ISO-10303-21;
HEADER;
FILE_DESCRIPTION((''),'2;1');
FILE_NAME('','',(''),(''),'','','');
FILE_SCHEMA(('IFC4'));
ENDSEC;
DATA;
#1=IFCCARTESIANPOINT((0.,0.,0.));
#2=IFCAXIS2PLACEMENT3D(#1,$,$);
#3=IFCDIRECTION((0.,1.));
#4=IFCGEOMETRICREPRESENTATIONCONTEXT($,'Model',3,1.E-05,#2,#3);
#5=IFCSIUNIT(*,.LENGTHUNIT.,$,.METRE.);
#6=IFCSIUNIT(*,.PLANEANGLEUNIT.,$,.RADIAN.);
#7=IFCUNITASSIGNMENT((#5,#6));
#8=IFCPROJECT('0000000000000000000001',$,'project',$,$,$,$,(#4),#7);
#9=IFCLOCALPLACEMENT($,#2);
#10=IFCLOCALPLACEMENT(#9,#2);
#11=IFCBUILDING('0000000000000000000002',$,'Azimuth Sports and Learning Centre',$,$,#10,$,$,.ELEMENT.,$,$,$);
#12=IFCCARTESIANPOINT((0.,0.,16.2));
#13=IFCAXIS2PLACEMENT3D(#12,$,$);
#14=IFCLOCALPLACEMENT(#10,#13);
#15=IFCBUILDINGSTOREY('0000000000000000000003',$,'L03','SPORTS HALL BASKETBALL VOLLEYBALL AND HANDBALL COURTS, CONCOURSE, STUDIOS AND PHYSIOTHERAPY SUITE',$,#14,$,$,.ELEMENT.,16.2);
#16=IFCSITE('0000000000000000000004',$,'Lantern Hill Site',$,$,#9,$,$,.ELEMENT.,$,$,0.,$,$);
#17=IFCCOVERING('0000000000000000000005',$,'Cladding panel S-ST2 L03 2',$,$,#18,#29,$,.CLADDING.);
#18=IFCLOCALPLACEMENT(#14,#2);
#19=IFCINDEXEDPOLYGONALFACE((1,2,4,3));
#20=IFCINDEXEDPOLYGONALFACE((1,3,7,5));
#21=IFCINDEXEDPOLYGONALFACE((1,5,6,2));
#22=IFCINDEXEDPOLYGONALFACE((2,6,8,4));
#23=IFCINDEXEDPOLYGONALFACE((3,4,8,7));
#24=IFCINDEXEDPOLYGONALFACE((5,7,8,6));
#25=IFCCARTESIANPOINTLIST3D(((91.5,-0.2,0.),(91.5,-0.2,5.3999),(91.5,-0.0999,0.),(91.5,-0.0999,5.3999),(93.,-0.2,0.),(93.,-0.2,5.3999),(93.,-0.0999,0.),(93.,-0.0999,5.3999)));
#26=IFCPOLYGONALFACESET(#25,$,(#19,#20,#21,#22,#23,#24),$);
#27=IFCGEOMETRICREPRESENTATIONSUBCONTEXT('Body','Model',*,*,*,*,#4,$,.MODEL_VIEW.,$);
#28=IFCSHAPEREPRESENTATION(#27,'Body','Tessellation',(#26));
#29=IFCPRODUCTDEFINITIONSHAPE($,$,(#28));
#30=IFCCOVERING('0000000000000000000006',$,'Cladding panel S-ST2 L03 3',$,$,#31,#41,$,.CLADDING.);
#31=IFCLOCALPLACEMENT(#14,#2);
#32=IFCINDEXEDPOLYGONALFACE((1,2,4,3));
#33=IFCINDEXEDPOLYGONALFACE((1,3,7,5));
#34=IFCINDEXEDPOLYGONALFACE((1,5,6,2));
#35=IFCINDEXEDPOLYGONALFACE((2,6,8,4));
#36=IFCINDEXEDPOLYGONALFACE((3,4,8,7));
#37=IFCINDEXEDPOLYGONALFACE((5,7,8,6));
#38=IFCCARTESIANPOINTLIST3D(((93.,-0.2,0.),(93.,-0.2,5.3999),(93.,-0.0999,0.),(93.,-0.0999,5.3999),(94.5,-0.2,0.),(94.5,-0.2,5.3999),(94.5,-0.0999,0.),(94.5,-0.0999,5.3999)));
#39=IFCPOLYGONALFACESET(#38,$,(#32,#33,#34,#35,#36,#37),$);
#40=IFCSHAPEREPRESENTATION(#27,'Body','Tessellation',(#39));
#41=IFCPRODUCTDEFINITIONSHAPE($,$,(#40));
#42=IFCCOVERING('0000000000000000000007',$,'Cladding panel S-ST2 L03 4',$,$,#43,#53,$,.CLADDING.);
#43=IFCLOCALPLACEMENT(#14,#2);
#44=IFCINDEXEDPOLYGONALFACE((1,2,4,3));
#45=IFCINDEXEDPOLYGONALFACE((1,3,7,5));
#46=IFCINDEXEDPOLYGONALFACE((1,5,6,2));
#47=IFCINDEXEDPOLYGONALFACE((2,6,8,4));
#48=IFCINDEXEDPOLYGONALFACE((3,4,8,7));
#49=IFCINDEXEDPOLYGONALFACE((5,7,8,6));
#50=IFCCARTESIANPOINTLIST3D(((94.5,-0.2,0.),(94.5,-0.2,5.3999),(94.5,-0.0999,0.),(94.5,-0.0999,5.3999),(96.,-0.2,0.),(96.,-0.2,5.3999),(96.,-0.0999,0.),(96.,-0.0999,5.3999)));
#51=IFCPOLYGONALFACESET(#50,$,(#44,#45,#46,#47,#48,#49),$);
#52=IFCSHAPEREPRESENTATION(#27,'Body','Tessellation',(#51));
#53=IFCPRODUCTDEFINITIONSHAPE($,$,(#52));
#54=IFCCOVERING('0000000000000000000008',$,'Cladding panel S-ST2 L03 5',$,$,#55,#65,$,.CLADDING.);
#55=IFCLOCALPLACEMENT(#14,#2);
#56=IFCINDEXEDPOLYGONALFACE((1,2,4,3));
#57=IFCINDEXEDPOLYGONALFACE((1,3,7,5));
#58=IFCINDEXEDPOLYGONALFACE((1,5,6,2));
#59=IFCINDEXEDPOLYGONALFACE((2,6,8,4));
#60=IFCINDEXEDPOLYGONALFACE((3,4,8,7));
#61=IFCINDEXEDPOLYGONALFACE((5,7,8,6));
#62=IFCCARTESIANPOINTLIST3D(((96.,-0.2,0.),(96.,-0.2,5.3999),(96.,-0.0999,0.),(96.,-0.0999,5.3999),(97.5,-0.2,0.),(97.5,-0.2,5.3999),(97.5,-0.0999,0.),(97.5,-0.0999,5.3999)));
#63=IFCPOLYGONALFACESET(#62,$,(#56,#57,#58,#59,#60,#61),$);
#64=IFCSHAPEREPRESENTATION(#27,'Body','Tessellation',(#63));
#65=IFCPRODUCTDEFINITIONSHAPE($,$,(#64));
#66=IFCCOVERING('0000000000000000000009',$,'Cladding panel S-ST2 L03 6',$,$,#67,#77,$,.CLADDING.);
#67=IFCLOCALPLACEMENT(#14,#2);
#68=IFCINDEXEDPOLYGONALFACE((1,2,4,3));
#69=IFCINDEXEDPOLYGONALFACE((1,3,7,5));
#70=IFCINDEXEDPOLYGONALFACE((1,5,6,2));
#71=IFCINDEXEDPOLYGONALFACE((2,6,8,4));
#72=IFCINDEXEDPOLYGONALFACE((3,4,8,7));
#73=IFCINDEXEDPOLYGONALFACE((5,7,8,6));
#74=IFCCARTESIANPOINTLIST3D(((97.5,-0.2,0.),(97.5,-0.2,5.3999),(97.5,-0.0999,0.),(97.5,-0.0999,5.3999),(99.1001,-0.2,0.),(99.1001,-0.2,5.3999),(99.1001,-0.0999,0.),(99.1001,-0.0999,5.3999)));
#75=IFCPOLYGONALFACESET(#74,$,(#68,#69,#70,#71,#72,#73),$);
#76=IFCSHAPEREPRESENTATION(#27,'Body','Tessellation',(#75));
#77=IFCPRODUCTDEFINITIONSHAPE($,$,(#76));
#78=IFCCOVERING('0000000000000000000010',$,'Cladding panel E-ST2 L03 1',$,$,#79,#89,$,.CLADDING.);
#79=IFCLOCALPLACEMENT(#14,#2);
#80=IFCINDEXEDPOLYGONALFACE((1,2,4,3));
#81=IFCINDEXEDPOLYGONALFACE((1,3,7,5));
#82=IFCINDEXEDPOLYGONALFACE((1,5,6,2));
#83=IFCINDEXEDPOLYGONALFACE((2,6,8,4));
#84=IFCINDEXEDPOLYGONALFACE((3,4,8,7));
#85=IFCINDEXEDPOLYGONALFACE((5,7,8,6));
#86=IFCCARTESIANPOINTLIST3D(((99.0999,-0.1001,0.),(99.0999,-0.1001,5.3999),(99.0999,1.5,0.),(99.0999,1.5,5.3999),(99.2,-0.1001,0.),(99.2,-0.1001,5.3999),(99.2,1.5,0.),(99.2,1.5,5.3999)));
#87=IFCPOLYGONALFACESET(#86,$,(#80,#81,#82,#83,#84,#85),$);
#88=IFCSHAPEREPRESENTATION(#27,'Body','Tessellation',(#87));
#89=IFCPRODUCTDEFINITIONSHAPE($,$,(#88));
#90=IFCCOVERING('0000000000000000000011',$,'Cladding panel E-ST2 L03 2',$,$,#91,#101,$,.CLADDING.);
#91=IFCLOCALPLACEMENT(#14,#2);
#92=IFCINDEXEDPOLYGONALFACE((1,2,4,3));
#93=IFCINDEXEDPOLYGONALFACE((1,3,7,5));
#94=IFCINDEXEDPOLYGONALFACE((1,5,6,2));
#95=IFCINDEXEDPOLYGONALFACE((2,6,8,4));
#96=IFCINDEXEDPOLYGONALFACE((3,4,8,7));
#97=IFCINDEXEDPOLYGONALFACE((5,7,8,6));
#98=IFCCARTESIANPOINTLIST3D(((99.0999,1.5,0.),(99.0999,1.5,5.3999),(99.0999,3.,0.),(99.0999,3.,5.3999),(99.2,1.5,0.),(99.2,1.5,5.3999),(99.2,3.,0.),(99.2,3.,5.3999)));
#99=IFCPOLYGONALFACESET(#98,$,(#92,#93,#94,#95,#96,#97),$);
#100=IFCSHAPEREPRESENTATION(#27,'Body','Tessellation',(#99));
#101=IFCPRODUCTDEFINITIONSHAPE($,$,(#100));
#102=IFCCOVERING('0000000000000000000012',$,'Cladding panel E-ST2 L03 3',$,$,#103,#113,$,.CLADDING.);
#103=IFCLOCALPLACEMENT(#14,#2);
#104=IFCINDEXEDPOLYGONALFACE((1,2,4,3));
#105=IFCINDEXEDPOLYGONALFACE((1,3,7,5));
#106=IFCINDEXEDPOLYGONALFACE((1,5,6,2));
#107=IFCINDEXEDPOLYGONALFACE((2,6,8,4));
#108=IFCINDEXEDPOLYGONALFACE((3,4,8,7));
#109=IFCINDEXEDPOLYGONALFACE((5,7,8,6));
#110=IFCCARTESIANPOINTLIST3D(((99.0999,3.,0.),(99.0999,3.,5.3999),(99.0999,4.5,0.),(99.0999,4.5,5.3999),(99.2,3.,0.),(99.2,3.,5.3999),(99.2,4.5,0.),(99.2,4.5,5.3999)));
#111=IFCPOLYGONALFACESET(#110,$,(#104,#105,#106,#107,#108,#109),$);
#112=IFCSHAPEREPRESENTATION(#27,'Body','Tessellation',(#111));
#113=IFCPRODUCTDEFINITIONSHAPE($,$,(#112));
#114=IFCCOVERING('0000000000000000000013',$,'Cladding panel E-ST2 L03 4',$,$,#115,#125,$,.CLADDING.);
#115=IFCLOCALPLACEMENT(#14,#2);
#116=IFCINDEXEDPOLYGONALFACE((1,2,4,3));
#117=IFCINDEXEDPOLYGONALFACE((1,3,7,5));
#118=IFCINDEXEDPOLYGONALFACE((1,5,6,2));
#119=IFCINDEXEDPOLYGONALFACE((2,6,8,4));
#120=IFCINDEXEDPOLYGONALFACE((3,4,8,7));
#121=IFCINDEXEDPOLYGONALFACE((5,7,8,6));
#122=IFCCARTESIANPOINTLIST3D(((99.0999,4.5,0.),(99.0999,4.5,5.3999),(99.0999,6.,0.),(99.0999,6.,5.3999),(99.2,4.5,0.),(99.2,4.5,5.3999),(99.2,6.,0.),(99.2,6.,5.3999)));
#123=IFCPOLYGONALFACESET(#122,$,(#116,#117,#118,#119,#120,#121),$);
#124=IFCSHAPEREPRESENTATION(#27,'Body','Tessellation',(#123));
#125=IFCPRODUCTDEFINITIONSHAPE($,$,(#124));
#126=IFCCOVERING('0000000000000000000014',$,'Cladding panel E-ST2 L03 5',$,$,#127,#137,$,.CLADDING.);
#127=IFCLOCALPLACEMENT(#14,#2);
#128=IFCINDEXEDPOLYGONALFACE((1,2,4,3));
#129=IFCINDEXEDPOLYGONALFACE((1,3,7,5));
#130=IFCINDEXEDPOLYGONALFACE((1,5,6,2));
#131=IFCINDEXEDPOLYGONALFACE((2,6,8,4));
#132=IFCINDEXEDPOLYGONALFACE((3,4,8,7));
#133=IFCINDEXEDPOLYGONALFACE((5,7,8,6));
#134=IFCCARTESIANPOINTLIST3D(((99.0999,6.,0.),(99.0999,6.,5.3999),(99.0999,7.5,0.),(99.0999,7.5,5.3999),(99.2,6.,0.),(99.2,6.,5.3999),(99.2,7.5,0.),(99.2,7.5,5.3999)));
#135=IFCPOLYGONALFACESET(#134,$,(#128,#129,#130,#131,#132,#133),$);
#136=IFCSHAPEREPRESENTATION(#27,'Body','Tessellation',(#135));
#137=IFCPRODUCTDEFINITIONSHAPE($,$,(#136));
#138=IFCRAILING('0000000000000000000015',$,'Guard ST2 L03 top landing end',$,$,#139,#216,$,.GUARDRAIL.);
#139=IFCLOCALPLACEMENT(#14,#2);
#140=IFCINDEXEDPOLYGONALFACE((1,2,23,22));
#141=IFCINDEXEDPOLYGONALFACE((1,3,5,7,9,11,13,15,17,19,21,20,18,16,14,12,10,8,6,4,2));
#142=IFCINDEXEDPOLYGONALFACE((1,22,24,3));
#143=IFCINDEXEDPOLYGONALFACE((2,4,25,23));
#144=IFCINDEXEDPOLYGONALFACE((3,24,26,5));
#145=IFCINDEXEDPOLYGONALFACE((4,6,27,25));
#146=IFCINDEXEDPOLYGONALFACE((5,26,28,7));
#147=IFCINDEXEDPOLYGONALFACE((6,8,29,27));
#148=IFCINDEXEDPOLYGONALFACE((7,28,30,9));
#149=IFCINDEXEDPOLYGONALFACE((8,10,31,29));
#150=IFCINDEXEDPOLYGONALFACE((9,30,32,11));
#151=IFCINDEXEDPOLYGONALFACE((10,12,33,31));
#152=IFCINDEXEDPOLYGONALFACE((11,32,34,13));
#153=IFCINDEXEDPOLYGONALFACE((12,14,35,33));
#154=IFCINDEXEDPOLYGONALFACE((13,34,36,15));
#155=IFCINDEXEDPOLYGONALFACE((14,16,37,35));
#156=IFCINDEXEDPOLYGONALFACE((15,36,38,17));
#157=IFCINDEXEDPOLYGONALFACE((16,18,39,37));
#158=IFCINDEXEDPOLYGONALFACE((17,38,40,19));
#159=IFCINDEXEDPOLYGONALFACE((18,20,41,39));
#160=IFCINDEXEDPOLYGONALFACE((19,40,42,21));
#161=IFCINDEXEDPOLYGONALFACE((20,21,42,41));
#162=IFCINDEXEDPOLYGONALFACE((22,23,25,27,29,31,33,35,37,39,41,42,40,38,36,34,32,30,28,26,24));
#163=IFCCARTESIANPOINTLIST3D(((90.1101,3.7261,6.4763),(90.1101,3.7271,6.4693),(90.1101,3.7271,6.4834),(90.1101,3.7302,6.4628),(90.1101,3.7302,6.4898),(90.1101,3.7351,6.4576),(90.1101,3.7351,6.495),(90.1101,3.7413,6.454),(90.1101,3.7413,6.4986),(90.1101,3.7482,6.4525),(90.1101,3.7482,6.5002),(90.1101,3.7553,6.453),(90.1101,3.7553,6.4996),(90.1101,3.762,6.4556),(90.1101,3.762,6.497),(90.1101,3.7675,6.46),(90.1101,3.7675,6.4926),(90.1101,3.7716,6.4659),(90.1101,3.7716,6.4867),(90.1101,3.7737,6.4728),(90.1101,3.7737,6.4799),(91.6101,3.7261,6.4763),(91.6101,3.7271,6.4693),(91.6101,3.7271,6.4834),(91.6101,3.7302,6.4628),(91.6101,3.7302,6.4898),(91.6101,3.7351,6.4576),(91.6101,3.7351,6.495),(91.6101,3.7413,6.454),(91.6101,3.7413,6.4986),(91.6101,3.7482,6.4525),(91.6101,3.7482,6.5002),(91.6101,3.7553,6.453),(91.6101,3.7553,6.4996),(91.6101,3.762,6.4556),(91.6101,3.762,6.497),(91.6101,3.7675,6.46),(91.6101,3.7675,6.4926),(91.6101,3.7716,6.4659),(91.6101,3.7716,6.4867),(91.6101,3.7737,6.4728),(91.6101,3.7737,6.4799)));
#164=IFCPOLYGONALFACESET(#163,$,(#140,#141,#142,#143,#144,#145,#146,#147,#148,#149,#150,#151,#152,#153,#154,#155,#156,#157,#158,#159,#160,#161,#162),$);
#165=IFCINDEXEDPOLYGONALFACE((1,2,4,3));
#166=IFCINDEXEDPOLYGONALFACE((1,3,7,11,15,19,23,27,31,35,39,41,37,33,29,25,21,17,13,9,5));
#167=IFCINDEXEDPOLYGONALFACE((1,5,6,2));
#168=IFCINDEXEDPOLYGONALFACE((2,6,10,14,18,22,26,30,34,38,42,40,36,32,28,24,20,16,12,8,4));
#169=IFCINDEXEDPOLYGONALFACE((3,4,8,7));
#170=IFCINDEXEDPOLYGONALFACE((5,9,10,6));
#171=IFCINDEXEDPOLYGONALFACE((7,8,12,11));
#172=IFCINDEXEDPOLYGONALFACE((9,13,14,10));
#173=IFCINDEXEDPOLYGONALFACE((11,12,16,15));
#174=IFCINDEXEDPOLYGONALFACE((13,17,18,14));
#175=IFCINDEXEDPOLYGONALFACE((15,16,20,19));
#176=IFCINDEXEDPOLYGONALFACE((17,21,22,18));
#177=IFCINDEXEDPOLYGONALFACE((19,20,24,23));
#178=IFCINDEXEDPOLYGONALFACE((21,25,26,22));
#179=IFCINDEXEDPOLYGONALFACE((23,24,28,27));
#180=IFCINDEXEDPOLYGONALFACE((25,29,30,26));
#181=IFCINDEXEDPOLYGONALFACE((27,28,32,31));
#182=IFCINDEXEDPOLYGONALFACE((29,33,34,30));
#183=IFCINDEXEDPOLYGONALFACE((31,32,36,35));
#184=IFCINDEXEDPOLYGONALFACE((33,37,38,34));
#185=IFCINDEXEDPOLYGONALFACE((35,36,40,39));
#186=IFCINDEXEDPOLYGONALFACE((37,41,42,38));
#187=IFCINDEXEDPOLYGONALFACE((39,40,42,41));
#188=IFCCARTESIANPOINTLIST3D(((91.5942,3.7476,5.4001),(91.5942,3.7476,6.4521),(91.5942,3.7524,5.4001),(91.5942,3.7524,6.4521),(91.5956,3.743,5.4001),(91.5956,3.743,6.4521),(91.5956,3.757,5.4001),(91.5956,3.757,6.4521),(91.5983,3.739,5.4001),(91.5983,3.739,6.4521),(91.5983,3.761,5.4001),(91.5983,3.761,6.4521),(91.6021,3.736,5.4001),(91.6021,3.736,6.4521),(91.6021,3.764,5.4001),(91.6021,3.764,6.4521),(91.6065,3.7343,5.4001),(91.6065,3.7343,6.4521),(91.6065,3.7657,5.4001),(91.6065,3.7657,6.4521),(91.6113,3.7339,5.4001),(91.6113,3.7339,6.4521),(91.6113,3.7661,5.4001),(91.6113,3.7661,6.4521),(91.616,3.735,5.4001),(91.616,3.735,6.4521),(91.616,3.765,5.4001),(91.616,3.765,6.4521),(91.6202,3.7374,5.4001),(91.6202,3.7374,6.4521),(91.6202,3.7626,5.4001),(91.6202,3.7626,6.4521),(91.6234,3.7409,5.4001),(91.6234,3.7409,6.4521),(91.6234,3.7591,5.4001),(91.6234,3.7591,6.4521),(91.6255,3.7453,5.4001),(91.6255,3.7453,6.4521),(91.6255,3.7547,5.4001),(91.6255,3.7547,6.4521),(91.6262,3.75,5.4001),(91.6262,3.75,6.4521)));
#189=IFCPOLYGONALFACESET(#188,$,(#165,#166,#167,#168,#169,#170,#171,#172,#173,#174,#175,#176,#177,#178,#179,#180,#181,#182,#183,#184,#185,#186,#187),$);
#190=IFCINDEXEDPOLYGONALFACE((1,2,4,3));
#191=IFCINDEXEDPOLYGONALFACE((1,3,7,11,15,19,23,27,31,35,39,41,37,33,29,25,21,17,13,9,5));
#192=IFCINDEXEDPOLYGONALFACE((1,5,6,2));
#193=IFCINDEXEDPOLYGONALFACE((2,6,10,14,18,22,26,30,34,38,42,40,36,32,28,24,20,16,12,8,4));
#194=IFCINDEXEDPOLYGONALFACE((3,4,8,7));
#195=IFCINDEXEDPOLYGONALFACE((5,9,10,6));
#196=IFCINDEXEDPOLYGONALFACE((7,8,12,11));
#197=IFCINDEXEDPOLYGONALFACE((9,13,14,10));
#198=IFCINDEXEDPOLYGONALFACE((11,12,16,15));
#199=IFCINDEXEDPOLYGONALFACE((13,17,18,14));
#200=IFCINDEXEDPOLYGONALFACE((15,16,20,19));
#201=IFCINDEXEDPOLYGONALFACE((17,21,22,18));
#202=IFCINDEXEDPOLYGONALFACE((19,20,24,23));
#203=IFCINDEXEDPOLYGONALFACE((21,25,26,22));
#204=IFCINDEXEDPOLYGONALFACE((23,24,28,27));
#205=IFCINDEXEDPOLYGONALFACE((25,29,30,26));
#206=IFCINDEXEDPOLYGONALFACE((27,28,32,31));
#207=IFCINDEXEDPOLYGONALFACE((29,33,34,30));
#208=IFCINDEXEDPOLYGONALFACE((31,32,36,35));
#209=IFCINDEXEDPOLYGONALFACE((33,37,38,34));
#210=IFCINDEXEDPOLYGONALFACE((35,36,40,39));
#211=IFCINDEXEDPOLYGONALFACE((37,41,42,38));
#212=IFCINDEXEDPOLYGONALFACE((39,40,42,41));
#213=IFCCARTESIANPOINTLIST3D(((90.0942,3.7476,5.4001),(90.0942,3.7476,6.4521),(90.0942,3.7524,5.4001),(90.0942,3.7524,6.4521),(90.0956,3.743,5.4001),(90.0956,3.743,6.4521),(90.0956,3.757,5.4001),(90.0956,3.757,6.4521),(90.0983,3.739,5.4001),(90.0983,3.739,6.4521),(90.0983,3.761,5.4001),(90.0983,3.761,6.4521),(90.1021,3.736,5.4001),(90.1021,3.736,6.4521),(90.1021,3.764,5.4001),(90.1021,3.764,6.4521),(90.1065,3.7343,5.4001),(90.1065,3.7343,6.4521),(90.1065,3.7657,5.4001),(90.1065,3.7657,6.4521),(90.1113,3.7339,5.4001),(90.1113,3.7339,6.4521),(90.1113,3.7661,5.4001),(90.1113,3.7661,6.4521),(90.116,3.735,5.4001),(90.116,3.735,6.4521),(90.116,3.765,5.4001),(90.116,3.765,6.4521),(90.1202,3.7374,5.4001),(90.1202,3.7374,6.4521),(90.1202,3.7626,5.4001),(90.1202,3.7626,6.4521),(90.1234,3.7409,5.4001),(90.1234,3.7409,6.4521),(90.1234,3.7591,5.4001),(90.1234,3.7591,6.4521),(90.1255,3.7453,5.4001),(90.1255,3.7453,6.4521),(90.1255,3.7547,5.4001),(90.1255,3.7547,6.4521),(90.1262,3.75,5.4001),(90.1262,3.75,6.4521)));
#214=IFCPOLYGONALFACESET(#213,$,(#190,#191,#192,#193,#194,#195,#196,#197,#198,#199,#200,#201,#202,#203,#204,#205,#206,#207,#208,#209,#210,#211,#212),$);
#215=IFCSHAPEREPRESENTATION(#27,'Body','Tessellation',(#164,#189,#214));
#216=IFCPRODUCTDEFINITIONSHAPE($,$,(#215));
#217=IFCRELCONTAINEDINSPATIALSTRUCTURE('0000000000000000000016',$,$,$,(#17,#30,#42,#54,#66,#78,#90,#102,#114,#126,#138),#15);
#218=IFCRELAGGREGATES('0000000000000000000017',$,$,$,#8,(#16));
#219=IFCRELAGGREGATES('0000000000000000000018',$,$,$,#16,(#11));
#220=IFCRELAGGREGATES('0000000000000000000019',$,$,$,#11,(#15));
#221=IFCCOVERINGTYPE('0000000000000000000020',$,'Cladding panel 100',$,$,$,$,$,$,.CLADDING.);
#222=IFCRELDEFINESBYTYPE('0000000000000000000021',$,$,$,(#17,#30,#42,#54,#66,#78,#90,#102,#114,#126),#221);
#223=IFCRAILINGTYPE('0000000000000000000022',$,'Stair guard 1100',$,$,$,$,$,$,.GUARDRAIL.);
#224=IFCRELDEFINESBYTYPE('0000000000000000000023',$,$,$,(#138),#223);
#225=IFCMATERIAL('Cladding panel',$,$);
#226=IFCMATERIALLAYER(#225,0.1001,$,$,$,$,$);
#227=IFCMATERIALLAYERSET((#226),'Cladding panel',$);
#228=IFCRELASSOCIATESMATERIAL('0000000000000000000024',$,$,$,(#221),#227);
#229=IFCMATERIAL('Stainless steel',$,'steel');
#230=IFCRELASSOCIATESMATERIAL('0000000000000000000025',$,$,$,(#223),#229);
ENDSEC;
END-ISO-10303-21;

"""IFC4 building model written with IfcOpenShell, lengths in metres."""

from ifc_helpers import new_model, si_unit, direction, frame, origin, origin_2d, place, context, subcontext, project, spatial, rectangle, circle, extrude, material, layer, layer_set, type_object, element, save


model = new_model("IFC4")

# Units and contexts
model_context = context("Model", 3, precision=1e-05, world=origin(), true_north=direction((0.0, 1.0)))
body_context = subcontext(model_context, "Body", "Model", "MODEL_VIEW")
ifc_project = project(units=[si_unit("LENGTHUNIT", "METRE"), si_unit("PLANEANGLEUNIT", "RADIAN")], contexts=[model_context])

# Site, building, storey
site_placement = place(None, origin())
site = spatial("IfcSite", under=ifc_project, at=site_placement, Name="Lantern Hill Site", CompositionType="ELEMENT", RefElevation=0.0)
building_placement = place(site_placement, origin())
building = spatial("IfcBuilding", under=site, at=building_placement, Name="Azimuth Sports and Learning Centre", CompositionType="ELEMENT")
storey_placement = place(building_placement, frame((0.0, 0.0, 16.2)))
storey = spatial("IfcBuildingStorey", under=building, at=storey_placement, Name="L03", Description="SPORTS HALL BASKETBALL VOLLEYBALL AND HANDBALL COURTS, CONCOURSE, STUDIOS AND PHYSIOTHERAPY SUITE", CompositionType="ELEMENT", Elevation=16.2)

# Coverings
ifc_material_1 = material(Name="Cladding panel")
ifc_layer_1 = layer(ifc_material_1, 0.1001)
ifc_layer_set_1 = layer_set([ifc_layer_1], Name="Cladding panel")
covering_type = type_object("IfcCoveringType", Name="Cladding panel 100", PredefinedType="CLADDING", material=ifc_layer_set_1)
for number, where, z_axis, x_axis, name in (
    (1, (92.25, -0.1499, 0.0), (0.0, 0.0, 1.0), (1.0, 0.0, 0.0), "Cladding panel S-ST2 L03 2"),
    (2, (93.75, -0.1499, 0.0), (0.0, 0.0, 1.0), (1.0, 0.0, 0.0), "Cladding panel S-ST2 L03 3"),
    (3, (95.25, -0.1499, 0.0), (0.0, 0.0, 1.0), (1.0, 0.0, 0.0), "Cladding panel S-ST2 L03 4"),
    (4, (96.75, -0.1499, 0.0), (0.0, 0.0, 1.0), (1.0, 0.0, 0.0), "Cladding panel S-ST2 L03 5"),
):
    element("IfcCovering", number, at=place(storey_placement, frame(where, z_axis=z_axis, x_axis=x_axis)), inside=storey, type_object=covering_type, Name=name, PredefinedType="CLADDING", context=body_context, shape_type="SweptSolid", body=[
        extrude(rectangle(XDim=1.5, YDim=0.1001, at=origin_2d()), origin(), (0.0, 0.0, 1.0), 5.3999),
    ])
for number, where, z_axis, x_axis, name in (
    (5, (98.3, -0.1499, 0.0), (0.0, 0.0, 1.0), (1.0, 0.0, 0.0), "Cladding panel S-ST2 L03 6"),
    (6, (99.1499, 0.7, 0.0), (0.0, 0.0, 1.0), (0.0, 1.0, 0.0), "Cladding panel E-ST2 L03 1"),
):
    element("IfcCovering", number, at=place(storey_placement, frame(where, z_axis=z_axis, x_axis=x_axis)), inside=storey, type_object=covering_type, Name=name, PredefinedType="CLADDING", context=body_context, shape_type="SweptSolid", body=[
        extrude(rectangle(XDim=1.6001, YDim=0.1001, at=origin_2d()), origin(), (0.0, 0.0, 1.0), 5.3999),
    ])
for number, where, z_axis, x_axis, name in (
    (7, (99.1499, 2.25, 0.0), (0.0, 0.0, 1.0), (0.0, 1.0, 0.0), "Cladding panel E-ST2 L03 2"),
    (8, (99.1499, 3.75, 0.0), (0.0, 0.0, 1.0), (0.0, 1.0, 0.0), "Cladding panel E-ST2 L03 3"),
    (9, (99.1499, 5.25, 0.0), (0.0, 0.0, 1.0), (0.0, 1.0, 0.0), "Cladding panel E-ST2 L03 4"),
    (10, (99.1499, 6.75, 0.0), (0.0, 0.0, 1.0), (0.0, 1.0, 0.0), "Cladding panel E-ST2 L03 5"),
):
    element("IfcCovering", number, at=place(storey_placement, frame(where, z_axis=z_axis, x_axis=x_axis)), inside=storey, type_object=covering_type, Name=name, PredefinedType="CLADDING", context=body_context, shape_type="SweptSolid", body=[
        extrude(rectangle(XDim=1.5, YDim=0.1001, at=origin_2d()), origin(), (0.0, 0.0, 1.0), 5.3999),
    ])

# Railing
ifc_material_2 = material(Name="Stainless steel", Category="steel")
railing_type_1 = type_object("IfcRailingType", Name="Stair guard 1100", PredefinedType="GUARDRAIL", material=ifc_material_2)
railing_1_placement = place(storey_placement, frame((91.6101, 3.75, 5.4001)))
element("IfcRailing", 11, at=railing_1_placement, inside=storey, type_object=railing_type_1, Name="Guard ST2 L03 top landing end", PredefinedType="GUARDRAIL", context=body_context, shape_type="SweptSolid", body=[
    extrude(circle(Radius=0.0239, at=origin_2d()), frame((0.0, 0.0, 1.0762), z_axis=(-1.0, 0.0, 0.0), x_axis=(0.0, -1.0, 0.0)), (0.0, 0.0, 1.0), 1.5),
    extrude(circle(Radius=0.0161, at=origin_2d()), origin(), (0.0, 0.0, 1.0), 1.052),
    extrude(circle(Radius=0.0161, at=origin_2d()), frame((-1.5, 0.0, 0.0)), (0.0, 0.0, 1.0), 1.052),
])

save(model, "model.ifc")
